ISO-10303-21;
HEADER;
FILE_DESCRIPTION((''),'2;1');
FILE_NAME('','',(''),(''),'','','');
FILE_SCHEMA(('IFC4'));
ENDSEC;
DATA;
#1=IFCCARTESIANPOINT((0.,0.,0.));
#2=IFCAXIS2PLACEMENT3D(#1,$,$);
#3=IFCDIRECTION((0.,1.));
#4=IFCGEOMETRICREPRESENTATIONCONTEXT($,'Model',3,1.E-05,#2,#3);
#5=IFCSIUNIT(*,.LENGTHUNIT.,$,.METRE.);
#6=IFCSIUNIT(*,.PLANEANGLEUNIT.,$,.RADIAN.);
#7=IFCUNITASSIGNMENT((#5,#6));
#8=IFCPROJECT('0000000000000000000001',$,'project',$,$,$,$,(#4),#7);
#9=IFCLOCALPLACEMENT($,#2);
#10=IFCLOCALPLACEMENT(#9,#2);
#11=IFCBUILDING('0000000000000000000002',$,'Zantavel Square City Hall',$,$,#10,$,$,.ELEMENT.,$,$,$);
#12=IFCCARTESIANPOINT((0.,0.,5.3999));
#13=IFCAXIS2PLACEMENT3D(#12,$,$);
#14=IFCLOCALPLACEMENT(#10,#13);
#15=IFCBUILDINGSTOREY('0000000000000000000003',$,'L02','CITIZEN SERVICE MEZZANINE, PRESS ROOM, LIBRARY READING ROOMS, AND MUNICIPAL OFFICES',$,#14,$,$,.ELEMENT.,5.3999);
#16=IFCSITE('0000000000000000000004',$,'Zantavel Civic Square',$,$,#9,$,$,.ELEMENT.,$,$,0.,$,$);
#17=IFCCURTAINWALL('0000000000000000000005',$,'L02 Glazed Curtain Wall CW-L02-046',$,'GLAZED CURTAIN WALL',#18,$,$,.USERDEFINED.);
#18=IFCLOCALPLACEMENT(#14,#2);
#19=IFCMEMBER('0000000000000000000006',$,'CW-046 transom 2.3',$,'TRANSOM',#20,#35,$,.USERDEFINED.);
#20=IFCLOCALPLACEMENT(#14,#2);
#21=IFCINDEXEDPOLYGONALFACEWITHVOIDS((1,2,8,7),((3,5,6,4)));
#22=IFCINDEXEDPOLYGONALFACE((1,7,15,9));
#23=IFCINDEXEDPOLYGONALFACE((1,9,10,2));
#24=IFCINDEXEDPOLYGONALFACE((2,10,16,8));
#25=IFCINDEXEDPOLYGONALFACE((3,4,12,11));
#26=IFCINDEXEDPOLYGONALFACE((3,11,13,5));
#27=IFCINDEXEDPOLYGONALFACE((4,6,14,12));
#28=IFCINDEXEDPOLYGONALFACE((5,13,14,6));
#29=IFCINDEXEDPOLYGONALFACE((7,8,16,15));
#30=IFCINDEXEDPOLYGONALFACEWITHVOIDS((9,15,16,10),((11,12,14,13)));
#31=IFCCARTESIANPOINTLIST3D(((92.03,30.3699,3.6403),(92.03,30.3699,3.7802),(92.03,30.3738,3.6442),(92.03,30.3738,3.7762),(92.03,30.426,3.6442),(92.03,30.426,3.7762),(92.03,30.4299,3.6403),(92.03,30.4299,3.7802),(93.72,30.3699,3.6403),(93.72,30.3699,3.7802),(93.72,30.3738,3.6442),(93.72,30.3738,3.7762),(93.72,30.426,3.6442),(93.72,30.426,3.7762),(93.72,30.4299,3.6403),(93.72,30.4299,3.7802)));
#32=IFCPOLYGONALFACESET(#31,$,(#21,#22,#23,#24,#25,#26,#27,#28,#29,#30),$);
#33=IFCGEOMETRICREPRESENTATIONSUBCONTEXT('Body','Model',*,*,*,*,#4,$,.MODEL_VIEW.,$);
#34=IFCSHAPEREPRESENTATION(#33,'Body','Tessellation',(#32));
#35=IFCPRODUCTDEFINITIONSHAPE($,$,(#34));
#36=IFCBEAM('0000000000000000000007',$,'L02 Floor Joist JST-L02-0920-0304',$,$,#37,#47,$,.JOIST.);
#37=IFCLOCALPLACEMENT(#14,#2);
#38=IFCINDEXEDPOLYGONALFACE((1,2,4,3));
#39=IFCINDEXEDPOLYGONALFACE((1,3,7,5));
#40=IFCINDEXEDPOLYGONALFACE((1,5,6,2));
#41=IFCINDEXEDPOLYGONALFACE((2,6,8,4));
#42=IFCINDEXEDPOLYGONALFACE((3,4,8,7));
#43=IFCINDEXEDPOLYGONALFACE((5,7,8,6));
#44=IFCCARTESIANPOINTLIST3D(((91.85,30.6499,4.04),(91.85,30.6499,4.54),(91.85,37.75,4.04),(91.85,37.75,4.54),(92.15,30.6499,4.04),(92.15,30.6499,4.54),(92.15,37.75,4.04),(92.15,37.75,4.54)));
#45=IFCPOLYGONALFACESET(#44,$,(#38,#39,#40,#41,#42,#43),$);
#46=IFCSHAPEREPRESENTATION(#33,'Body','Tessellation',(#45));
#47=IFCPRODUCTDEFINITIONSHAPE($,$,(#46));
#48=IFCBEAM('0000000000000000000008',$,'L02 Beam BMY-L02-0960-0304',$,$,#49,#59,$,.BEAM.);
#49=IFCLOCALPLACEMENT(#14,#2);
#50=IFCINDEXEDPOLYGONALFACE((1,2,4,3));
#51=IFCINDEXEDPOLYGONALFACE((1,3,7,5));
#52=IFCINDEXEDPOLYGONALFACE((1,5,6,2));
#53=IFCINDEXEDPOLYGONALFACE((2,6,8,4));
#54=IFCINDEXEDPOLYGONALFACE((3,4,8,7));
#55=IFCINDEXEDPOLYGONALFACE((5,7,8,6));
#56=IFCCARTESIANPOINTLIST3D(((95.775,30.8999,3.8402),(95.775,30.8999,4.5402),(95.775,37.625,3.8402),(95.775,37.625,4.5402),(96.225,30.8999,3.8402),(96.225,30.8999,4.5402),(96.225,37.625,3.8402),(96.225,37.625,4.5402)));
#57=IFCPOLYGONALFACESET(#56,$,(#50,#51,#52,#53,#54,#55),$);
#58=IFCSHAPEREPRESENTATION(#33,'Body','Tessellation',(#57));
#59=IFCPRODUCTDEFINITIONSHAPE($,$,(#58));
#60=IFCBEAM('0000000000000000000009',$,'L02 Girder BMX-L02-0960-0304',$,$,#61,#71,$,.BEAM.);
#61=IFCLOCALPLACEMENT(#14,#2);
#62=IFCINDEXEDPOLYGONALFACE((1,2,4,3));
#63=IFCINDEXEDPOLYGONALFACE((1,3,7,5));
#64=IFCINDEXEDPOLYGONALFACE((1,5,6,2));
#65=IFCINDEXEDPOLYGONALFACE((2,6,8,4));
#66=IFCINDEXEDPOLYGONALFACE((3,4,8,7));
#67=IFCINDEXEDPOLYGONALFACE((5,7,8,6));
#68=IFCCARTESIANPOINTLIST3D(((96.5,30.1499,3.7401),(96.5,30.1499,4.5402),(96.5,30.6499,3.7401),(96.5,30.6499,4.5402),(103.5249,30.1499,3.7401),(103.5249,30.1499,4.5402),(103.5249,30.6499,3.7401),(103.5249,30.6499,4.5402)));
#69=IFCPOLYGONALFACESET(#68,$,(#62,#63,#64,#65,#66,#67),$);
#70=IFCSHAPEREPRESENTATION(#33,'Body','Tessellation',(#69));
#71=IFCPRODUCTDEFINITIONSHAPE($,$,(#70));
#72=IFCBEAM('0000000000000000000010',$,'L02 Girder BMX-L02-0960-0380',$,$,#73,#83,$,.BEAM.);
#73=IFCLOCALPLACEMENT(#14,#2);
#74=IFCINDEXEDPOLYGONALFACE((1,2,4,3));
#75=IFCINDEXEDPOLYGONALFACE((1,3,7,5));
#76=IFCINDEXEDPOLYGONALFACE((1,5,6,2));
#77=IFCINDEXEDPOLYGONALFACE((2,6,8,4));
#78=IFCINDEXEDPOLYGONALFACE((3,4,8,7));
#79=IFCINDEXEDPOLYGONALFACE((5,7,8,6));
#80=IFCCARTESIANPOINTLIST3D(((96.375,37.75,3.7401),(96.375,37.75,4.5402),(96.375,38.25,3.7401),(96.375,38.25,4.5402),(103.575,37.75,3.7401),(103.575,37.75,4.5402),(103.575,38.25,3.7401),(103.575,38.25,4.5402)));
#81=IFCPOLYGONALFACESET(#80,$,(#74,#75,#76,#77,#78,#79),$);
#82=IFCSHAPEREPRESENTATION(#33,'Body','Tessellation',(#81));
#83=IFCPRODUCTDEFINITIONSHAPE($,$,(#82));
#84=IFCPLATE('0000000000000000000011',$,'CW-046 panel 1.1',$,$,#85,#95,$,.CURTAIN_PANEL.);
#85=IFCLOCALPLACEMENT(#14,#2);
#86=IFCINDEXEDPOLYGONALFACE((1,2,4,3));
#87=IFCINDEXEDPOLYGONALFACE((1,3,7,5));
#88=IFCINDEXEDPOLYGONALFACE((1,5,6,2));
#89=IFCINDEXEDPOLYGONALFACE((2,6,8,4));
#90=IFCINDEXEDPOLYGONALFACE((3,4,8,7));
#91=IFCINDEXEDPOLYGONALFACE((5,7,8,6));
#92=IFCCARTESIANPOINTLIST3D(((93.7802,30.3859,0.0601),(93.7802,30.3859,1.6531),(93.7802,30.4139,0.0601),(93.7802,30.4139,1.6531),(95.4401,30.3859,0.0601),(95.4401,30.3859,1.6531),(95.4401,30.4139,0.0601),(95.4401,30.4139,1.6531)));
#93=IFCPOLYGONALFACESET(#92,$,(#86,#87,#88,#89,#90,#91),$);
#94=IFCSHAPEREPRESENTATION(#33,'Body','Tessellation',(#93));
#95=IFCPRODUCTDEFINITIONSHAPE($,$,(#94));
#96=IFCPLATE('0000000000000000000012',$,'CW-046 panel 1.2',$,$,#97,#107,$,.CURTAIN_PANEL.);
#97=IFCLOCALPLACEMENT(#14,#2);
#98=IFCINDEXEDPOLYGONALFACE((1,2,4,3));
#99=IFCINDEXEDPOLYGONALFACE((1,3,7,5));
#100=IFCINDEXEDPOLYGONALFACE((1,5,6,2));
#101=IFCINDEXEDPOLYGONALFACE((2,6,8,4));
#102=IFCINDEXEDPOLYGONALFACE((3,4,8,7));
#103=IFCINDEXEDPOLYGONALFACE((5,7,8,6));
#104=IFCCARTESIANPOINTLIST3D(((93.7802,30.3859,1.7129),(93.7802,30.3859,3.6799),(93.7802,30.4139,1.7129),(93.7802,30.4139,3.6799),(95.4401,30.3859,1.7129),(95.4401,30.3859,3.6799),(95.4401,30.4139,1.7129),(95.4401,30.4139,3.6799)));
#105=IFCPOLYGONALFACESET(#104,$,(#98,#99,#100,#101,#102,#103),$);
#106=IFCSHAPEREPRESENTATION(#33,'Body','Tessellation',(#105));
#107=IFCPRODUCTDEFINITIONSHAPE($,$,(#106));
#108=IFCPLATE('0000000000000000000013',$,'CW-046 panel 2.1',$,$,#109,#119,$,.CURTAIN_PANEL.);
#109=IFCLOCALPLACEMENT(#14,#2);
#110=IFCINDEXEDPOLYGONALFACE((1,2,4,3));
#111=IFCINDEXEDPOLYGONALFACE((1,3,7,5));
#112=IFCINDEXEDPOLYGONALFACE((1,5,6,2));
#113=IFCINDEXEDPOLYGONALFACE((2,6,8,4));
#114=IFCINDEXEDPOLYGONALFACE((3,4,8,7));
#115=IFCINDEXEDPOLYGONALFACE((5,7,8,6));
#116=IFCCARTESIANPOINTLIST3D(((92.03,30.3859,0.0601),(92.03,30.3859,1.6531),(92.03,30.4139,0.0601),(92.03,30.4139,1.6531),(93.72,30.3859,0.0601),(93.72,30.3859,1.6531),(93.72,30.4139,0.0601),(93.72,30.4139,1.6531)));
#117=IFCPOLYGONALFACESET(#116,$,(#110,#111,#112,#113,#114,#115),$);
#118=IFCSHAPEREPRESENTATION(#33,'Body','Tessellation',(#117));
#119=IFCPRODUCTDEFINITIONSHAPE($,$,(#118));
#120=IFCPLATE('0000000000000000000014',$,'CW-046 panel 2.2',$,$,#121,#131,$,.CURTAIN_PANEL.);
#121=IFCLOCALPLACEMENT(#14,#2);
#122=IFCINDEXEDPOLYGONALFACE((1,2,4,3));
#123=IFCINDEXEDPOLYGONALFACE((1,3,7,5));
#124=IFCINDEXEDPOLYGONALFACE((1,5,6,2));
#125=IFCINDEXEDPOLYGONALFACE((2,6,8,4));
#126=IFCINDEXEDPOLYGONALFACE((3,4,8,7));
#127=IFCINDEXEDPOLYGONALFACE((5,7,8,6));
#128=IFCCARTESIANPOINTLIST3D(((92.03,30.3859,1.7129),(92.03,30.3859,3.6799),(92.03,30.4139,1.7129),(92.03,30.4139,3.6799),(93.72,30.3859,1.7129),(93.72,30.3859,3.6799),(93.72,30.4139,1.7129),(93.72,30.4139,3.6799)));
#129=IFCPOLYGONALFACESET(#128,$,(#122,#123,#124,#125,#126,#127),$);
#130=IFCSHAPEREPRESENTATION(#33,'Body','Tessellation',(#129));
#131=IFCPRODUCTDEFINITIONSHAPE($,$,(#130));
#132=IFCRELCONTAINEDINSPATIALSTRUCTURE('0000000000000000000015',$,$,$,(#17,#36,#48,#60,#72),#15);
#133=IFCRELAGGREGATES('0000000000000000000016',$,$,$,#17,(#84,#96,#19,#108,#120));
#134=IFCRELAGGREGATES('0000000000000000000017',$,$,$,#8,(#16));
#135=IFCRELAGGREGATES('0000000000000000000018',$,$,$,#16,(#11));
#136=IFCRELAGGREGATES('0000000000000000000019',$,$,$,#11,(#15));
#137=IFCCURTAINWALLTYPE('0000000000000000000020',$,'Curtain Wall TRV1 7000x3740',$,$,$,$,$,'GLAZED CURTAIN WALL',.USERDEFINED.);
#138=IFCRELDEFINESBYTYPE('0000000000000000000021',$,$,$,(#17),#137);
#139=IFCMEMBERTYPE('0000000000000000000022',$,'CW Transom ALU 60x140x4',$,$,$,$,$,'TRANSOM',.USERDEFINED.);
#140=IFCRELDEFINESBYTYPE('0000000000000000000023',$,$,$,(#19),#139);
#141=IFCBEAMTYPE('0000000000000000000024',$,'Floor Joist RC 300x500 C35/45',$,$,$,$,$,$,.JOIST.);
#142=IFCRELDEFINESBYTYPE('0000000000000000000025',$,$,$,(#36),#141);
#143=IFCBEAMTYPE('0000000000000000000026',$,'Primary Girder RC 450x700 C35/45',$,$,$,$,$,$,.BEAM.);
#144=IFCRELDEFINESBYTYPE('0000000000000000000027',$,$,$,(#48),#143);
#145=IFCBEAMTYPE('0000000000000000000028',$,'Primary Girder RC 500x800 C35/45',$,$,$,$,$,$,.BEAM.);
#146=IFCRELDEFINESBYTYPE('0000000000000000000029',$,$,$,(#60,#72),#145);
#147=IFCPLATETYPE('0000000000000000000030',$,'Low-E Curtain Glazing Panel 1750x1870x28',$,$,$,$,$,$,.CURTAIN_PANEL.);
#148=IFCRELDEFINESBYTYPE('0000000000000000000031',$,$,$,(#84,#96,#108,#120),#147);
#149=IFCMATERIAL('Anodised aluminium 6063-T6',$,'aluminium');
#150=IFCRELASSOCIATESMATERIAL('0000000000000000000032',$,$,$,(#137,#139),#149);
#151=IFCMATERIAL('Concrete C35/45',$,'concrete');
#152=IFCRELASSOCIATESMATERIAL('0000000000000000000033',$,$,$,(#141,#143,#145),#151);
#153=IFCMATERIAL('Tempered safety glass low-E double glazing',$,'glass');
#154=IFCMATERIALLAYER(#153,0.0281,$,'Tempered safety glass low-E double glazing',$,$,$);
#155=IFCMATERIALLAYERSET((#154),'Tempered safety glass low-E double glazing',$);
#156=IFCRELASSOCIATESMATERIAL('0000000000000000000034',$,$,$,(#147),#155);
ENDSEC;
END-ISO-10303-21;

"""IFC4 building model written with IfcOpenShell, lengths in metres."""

from ifc_helpers import new_model, si_unit, direction, frame, origin, origin_2d, place, context, subcontext, project, spatial, rectangle, hollow_rectangle, extrude, material, layer, layer_set, material_profile, profile_set, type_object, element, aggregate, save


model = new_model("IFC4")

# Units and contexts
model_context = context("Model", 3, precision=1e-05, world=origin(), true_north=direction((0.0, 1.0)))
body_context = subcontext(model_context, "Body", "Model", "MODEL_VIEW")
ifc_project = project(units=[si_unit("LENGTHUNIT", "METRE"), si_unit("PLANEANGLEUNIT", "RADIAN")], contexts=[model_context])

# Site, building, storey
site_placement = place(None, origin())
site = spatial("IfcSite", under=ifc_project, at=site_placement, Name="Zantavel Civic Square", CompositionType="ELEMENT", RefElevation=0.0)
building_placement = place(site_placement, origin())
building = spatial("IfcBuilding", under=site, at=building_placement, Name="Zantavel Square City Hall", CompositionType="ELEMENT")
storey_placement = place(building_placement, frame((0.0, 0.0, 5.3999)))
storey = spatial("IfcBuildingStorey", under=building, at=storey_placement, Name="L02", Description="CITIZEN SERVICE MEZZANINE, PRESS ROOM, LIBRARY READING ROOMS, AND MUNICIPAL OFFICES", CompositionType="ELEMENT", Elevation=5.3999)

# Shared definitions
ifc_material_1 = material(Name="Anodised aluminium 6063-T6", Category="aluminium")

# Curtain wall, member
curtain_wall_type_1 = type_object("IfcCurtainWallType", Name="Curtain Wall TRV1 7000x3740", ElementType="GLAZED CURTAIN WALL", PredefinedType="USERDEFINED", material=ifc_material_1)
curtain_wall_1_placement = place(storey_placement, origin())
curtain_wall_1 = element("IfcCurtainWall", 1, at=curtain_wall_1_placement, inside=storey, type_object=curtain_wall_type_1, Name="L02 Glazed Curtain Wall CW-L02-046", ObjectType="GLAZED CURTAIN WALL", PredefinedType="USERDEFINED")
ifc_material_profile_1 = material_profile(ifc_material_1, hollow_rectangle(XDim=0.0601, YDim=0.1399, WallThickness=0.0039, at=origin_2d()), Name="ALU 60x140x4")
ifc_profile_set_1 = profile_set([ifc_material_profile_1], Name="Anodised aluminium 6063-T6")
member_type_1 = type_object("IfcMemberType", Name="CW Transom ALU 60x140x4", ElementType="TRANSOM", PredefinedType="USERDEFINED", material=ifc_profile_set_1)
member_1_placement = place(storey_placement, frame((93.72, 30.3999, 3.7102), z_axis=(-1.0, 0.0, 0.0), x_axis=(0.0, -1.0, 0.0)))
member_1 = element("IfcMember", 2, at=member_1_placement, type_object=member_type_1, Name="CW-046 transom 2.3", ObjectType="TRANSOM", PredefinedType="USERDEFINED", context=body_context, shape_type="SweptSolid", body=[
    extrude(hollow_rectangle(XDim=0.0601, YDim=0.1399, WallThickness=0.0039, at=origin_2d()), origin(), (0.0, 0.0, 1.0), 1.6899),
])

# Beams
ifc_material_2 = material(Name="Concrete C35/45", Category="concrete")
ifc_material_profile_2 = material_profile(ifc_material_2, rectangle(XDim=0.3, YDim=0.5, at=origin_2d()), Name="RC 300x500")
ifc_profile_set_2 = profile_set([ifc_material_profile_2], Name="Concrete C35/45")
beam_type_1 = type_object("IfcBeamType", Name="Floor Joist RC 300x500 C35/45", PredefinedType="JOIST", material=ifc_profile_set_2)
beam_1_placement = place(storey_placement, frame((92.0, 30.6499, 4.29), z_axis=(0.0, 1.0, 0.0), x_axis=(-1.0, 0.0, 0.0)))
element("IfcBeam", 3, at=beam_1_placement, inside=storey, type_object=beam_type_1, Name="L02 Floor Joist JST-L02-0920-0304", PredefinedType="JOIST", context=body_context, shape_type="SweptSolid", body=[
    extrude(rectangle(XDim=0.3, YDim=0.5, at=origin_2d()), origin(), (0.0, 0.0, 1.0), 7.1001),
])
ifc_material_profile_3 = material_profile(ifc_material_2, rectangle(XDim=0.45, YDim=0.7, at=origin_2d()), Name="RC 450x700")
ifc_profile_set_3 = profile_set([ifc_material_profile_3], Name="Concrete C35/45")
beam_type_2 = type_object("IfcBeamType", Name="Primary Girder RC 450x700 C35/45", PredefinedType="BEAM", material=ifc_profile_set_3)
beam_2_placement = place(storey_placement, frame((96.0, 30.8999, 4.1902), z_axis=(0.0, 1.0, 0.0), x_axis=(-1.0, 0.0, 0.0)))
element("IfcBeam", 4, at=beam_2_placement, inside=storey, type_object=beam_type_2, Name="L02 Beam BMY-L02-0960-0304", PredefinedType="BEAM", context=body_context, shape_type="SweptSolid", body=[
    extrude(rectangle(XDim=0.45, YDim=0.7, at=origin_2d()), origin(), (0.0, 0.0, 1.0), 6.7251),
])
ifc_material_profile_4 = material_profile(ifc_material_2, rectangle(XDim=0.5, YDim=0.8, at=origin_2d()), Name="RC 500x800")
ifc_profile_set_4 = profile_set([ifc_material_profile_4], Name="Concrete C35/45")
beam_type_3 = type_object("IfcBeamType", Name="Primary Girder RC 500x800 C35/45", PredefinedType="BEAM", material=ifc_profile_set_4)
beam_3_placement = place(storey_placement, frame((96.5, 30.3999, 4.1401), z_axis=(1.0, 0.0, 0.0), x_axis=(0.0, 1.0, 0.0)))
element("IfcBeam", 5, at=beam_3_placement, inside=storey, type_object=beam_type_3, Name="L02 Girder BMX-L02-0960-0304", PredefinedType="BEAM", context=body_context, shape_type="SweptSolid", body=[
    extrude(rectangle(XDim=0.5, YDim=0.8, at=origin_2d()), origin(), (0.0, 0.0, 1.0), 7.0249),
])
beam_4_placement = place(storey_placement, frame((96.375, 38.0, 4.1401), z_axis=(1.0, 0.0, 0.0), x_axis=(0.0, 1.0, 0.0)))
element("IfcBeam", 6, at=beam_4_placement, inside=storey, type_object=beam_type_3, Name="L02 Girder BMX-L02-0960-0380", PredefinedType="BEAM", context=body_context, shape_type="SweptSolid", body=[
    extrude(rectangle(XDim=0.5, YDim=0.8, at=origin_2d()), origin(), (0.0, 0.0, 1.0), 7.2),
])

# Plates
ifc_material_3 = material(Name="Tempered safety glass low-E double glazing", Category="glass")
ifc_layer = layer(ifc_material_3, 0.0281, Name="Tempered safety glass low-E double glazing")
ifc_layer_set = layer_set([ifc_layer], Name="Tempered safety glass low-E double glazing")
plate_type = type_object("IfcPlateType", Name="Low-E Curtain Glazing Panel 1750x1870x28", PredefinedType="CURTAIN_PANEL", material=ifc_layer_set)
plate_1_placement = place(storey_placement, frame((94.6101, 30.3999, 0.0601), z_axis=(0.0, 0.0, 1.0), x_axis=(-1.0, 0.0, 0.0)))
plate_1 = element("IfcPlate", 7, at=plate_1_placement, type_object=plate_type, Name="CW-046 panel 1.1", PredefinedType="CURTAIN_PANEL", context=body_context, shape_type="SweptSolid", body=[
    extrude(rectangle(XDim=1.6599, YDim=0.0281, at=origin_2d()), origin(), (0.0, 0.0, 1.0), 1.593),
])
plate_2_placement = place(storey_placement, frame((94.6101, 30.3999, 1.7129), z_axis=(0.0, 0.0, 1.0), x_axis=(-1.0, 0.0, 0.0)))
plate_2 = element("IfcPlate", 8, at=plate_2_placement, type_object=plate_type, Name="CW-046 panel 1.2", PredefinedType="CURTAIN_PANEL", context=body_context, shape_type="SweptSolid", body=[
    extrude(rectangle(XDim=1.6599, YDim=0.0281, at=origin_2d()), origin(), (0.0, 0.0, 1.0), 1.967),
])
plate_3_placement = place(storey_placement, frame((92.875, 30.3999, 0.0601), z_axis=(0.0, 0.0, 1.0), x_axis=(-1.0, 0.0, 0.0)))
plate_3 = element("IfcPlate", 9, at=plate_3_placement, type_object=plate_type, Name="CW-046 panel 2.1", PredefinedType="CURTAIN_PANEL", context=body_context, shape_type="SweptSolid", body=[
    extrude(rectangle(XDim=1.6899, YDim=0.0281, at=origin_2d()), origin(), (0.0, 0.0, 1.0), 1.593),
])
plate_4_placement = place(storey_placement, frame((92.875, 30.3999, 1.7129), z_axis=(0.0, 0.0, 1.0), x_axis=(-1.0, 0.0, 0.0)))
plate_4 = element("IfcPlate", 10, at=plate_4_placement, type_object=plate_type, Name="CW-046 panel 2.2", PredefinedType="CURTAIN_PANEL", context=body_context, shape_type="SweptSolid", body=[
    extrude(rectangle(XDim=1.6899, YDim=0.0281, at=origin_2d()), origin(), (0.0, 0.0, 1.0), 1.967),
])
aggregate(curtain_wall_1, [plate_1, plate_2, member_1, plate_3, plate_4])

save(model, "model.ifc")
